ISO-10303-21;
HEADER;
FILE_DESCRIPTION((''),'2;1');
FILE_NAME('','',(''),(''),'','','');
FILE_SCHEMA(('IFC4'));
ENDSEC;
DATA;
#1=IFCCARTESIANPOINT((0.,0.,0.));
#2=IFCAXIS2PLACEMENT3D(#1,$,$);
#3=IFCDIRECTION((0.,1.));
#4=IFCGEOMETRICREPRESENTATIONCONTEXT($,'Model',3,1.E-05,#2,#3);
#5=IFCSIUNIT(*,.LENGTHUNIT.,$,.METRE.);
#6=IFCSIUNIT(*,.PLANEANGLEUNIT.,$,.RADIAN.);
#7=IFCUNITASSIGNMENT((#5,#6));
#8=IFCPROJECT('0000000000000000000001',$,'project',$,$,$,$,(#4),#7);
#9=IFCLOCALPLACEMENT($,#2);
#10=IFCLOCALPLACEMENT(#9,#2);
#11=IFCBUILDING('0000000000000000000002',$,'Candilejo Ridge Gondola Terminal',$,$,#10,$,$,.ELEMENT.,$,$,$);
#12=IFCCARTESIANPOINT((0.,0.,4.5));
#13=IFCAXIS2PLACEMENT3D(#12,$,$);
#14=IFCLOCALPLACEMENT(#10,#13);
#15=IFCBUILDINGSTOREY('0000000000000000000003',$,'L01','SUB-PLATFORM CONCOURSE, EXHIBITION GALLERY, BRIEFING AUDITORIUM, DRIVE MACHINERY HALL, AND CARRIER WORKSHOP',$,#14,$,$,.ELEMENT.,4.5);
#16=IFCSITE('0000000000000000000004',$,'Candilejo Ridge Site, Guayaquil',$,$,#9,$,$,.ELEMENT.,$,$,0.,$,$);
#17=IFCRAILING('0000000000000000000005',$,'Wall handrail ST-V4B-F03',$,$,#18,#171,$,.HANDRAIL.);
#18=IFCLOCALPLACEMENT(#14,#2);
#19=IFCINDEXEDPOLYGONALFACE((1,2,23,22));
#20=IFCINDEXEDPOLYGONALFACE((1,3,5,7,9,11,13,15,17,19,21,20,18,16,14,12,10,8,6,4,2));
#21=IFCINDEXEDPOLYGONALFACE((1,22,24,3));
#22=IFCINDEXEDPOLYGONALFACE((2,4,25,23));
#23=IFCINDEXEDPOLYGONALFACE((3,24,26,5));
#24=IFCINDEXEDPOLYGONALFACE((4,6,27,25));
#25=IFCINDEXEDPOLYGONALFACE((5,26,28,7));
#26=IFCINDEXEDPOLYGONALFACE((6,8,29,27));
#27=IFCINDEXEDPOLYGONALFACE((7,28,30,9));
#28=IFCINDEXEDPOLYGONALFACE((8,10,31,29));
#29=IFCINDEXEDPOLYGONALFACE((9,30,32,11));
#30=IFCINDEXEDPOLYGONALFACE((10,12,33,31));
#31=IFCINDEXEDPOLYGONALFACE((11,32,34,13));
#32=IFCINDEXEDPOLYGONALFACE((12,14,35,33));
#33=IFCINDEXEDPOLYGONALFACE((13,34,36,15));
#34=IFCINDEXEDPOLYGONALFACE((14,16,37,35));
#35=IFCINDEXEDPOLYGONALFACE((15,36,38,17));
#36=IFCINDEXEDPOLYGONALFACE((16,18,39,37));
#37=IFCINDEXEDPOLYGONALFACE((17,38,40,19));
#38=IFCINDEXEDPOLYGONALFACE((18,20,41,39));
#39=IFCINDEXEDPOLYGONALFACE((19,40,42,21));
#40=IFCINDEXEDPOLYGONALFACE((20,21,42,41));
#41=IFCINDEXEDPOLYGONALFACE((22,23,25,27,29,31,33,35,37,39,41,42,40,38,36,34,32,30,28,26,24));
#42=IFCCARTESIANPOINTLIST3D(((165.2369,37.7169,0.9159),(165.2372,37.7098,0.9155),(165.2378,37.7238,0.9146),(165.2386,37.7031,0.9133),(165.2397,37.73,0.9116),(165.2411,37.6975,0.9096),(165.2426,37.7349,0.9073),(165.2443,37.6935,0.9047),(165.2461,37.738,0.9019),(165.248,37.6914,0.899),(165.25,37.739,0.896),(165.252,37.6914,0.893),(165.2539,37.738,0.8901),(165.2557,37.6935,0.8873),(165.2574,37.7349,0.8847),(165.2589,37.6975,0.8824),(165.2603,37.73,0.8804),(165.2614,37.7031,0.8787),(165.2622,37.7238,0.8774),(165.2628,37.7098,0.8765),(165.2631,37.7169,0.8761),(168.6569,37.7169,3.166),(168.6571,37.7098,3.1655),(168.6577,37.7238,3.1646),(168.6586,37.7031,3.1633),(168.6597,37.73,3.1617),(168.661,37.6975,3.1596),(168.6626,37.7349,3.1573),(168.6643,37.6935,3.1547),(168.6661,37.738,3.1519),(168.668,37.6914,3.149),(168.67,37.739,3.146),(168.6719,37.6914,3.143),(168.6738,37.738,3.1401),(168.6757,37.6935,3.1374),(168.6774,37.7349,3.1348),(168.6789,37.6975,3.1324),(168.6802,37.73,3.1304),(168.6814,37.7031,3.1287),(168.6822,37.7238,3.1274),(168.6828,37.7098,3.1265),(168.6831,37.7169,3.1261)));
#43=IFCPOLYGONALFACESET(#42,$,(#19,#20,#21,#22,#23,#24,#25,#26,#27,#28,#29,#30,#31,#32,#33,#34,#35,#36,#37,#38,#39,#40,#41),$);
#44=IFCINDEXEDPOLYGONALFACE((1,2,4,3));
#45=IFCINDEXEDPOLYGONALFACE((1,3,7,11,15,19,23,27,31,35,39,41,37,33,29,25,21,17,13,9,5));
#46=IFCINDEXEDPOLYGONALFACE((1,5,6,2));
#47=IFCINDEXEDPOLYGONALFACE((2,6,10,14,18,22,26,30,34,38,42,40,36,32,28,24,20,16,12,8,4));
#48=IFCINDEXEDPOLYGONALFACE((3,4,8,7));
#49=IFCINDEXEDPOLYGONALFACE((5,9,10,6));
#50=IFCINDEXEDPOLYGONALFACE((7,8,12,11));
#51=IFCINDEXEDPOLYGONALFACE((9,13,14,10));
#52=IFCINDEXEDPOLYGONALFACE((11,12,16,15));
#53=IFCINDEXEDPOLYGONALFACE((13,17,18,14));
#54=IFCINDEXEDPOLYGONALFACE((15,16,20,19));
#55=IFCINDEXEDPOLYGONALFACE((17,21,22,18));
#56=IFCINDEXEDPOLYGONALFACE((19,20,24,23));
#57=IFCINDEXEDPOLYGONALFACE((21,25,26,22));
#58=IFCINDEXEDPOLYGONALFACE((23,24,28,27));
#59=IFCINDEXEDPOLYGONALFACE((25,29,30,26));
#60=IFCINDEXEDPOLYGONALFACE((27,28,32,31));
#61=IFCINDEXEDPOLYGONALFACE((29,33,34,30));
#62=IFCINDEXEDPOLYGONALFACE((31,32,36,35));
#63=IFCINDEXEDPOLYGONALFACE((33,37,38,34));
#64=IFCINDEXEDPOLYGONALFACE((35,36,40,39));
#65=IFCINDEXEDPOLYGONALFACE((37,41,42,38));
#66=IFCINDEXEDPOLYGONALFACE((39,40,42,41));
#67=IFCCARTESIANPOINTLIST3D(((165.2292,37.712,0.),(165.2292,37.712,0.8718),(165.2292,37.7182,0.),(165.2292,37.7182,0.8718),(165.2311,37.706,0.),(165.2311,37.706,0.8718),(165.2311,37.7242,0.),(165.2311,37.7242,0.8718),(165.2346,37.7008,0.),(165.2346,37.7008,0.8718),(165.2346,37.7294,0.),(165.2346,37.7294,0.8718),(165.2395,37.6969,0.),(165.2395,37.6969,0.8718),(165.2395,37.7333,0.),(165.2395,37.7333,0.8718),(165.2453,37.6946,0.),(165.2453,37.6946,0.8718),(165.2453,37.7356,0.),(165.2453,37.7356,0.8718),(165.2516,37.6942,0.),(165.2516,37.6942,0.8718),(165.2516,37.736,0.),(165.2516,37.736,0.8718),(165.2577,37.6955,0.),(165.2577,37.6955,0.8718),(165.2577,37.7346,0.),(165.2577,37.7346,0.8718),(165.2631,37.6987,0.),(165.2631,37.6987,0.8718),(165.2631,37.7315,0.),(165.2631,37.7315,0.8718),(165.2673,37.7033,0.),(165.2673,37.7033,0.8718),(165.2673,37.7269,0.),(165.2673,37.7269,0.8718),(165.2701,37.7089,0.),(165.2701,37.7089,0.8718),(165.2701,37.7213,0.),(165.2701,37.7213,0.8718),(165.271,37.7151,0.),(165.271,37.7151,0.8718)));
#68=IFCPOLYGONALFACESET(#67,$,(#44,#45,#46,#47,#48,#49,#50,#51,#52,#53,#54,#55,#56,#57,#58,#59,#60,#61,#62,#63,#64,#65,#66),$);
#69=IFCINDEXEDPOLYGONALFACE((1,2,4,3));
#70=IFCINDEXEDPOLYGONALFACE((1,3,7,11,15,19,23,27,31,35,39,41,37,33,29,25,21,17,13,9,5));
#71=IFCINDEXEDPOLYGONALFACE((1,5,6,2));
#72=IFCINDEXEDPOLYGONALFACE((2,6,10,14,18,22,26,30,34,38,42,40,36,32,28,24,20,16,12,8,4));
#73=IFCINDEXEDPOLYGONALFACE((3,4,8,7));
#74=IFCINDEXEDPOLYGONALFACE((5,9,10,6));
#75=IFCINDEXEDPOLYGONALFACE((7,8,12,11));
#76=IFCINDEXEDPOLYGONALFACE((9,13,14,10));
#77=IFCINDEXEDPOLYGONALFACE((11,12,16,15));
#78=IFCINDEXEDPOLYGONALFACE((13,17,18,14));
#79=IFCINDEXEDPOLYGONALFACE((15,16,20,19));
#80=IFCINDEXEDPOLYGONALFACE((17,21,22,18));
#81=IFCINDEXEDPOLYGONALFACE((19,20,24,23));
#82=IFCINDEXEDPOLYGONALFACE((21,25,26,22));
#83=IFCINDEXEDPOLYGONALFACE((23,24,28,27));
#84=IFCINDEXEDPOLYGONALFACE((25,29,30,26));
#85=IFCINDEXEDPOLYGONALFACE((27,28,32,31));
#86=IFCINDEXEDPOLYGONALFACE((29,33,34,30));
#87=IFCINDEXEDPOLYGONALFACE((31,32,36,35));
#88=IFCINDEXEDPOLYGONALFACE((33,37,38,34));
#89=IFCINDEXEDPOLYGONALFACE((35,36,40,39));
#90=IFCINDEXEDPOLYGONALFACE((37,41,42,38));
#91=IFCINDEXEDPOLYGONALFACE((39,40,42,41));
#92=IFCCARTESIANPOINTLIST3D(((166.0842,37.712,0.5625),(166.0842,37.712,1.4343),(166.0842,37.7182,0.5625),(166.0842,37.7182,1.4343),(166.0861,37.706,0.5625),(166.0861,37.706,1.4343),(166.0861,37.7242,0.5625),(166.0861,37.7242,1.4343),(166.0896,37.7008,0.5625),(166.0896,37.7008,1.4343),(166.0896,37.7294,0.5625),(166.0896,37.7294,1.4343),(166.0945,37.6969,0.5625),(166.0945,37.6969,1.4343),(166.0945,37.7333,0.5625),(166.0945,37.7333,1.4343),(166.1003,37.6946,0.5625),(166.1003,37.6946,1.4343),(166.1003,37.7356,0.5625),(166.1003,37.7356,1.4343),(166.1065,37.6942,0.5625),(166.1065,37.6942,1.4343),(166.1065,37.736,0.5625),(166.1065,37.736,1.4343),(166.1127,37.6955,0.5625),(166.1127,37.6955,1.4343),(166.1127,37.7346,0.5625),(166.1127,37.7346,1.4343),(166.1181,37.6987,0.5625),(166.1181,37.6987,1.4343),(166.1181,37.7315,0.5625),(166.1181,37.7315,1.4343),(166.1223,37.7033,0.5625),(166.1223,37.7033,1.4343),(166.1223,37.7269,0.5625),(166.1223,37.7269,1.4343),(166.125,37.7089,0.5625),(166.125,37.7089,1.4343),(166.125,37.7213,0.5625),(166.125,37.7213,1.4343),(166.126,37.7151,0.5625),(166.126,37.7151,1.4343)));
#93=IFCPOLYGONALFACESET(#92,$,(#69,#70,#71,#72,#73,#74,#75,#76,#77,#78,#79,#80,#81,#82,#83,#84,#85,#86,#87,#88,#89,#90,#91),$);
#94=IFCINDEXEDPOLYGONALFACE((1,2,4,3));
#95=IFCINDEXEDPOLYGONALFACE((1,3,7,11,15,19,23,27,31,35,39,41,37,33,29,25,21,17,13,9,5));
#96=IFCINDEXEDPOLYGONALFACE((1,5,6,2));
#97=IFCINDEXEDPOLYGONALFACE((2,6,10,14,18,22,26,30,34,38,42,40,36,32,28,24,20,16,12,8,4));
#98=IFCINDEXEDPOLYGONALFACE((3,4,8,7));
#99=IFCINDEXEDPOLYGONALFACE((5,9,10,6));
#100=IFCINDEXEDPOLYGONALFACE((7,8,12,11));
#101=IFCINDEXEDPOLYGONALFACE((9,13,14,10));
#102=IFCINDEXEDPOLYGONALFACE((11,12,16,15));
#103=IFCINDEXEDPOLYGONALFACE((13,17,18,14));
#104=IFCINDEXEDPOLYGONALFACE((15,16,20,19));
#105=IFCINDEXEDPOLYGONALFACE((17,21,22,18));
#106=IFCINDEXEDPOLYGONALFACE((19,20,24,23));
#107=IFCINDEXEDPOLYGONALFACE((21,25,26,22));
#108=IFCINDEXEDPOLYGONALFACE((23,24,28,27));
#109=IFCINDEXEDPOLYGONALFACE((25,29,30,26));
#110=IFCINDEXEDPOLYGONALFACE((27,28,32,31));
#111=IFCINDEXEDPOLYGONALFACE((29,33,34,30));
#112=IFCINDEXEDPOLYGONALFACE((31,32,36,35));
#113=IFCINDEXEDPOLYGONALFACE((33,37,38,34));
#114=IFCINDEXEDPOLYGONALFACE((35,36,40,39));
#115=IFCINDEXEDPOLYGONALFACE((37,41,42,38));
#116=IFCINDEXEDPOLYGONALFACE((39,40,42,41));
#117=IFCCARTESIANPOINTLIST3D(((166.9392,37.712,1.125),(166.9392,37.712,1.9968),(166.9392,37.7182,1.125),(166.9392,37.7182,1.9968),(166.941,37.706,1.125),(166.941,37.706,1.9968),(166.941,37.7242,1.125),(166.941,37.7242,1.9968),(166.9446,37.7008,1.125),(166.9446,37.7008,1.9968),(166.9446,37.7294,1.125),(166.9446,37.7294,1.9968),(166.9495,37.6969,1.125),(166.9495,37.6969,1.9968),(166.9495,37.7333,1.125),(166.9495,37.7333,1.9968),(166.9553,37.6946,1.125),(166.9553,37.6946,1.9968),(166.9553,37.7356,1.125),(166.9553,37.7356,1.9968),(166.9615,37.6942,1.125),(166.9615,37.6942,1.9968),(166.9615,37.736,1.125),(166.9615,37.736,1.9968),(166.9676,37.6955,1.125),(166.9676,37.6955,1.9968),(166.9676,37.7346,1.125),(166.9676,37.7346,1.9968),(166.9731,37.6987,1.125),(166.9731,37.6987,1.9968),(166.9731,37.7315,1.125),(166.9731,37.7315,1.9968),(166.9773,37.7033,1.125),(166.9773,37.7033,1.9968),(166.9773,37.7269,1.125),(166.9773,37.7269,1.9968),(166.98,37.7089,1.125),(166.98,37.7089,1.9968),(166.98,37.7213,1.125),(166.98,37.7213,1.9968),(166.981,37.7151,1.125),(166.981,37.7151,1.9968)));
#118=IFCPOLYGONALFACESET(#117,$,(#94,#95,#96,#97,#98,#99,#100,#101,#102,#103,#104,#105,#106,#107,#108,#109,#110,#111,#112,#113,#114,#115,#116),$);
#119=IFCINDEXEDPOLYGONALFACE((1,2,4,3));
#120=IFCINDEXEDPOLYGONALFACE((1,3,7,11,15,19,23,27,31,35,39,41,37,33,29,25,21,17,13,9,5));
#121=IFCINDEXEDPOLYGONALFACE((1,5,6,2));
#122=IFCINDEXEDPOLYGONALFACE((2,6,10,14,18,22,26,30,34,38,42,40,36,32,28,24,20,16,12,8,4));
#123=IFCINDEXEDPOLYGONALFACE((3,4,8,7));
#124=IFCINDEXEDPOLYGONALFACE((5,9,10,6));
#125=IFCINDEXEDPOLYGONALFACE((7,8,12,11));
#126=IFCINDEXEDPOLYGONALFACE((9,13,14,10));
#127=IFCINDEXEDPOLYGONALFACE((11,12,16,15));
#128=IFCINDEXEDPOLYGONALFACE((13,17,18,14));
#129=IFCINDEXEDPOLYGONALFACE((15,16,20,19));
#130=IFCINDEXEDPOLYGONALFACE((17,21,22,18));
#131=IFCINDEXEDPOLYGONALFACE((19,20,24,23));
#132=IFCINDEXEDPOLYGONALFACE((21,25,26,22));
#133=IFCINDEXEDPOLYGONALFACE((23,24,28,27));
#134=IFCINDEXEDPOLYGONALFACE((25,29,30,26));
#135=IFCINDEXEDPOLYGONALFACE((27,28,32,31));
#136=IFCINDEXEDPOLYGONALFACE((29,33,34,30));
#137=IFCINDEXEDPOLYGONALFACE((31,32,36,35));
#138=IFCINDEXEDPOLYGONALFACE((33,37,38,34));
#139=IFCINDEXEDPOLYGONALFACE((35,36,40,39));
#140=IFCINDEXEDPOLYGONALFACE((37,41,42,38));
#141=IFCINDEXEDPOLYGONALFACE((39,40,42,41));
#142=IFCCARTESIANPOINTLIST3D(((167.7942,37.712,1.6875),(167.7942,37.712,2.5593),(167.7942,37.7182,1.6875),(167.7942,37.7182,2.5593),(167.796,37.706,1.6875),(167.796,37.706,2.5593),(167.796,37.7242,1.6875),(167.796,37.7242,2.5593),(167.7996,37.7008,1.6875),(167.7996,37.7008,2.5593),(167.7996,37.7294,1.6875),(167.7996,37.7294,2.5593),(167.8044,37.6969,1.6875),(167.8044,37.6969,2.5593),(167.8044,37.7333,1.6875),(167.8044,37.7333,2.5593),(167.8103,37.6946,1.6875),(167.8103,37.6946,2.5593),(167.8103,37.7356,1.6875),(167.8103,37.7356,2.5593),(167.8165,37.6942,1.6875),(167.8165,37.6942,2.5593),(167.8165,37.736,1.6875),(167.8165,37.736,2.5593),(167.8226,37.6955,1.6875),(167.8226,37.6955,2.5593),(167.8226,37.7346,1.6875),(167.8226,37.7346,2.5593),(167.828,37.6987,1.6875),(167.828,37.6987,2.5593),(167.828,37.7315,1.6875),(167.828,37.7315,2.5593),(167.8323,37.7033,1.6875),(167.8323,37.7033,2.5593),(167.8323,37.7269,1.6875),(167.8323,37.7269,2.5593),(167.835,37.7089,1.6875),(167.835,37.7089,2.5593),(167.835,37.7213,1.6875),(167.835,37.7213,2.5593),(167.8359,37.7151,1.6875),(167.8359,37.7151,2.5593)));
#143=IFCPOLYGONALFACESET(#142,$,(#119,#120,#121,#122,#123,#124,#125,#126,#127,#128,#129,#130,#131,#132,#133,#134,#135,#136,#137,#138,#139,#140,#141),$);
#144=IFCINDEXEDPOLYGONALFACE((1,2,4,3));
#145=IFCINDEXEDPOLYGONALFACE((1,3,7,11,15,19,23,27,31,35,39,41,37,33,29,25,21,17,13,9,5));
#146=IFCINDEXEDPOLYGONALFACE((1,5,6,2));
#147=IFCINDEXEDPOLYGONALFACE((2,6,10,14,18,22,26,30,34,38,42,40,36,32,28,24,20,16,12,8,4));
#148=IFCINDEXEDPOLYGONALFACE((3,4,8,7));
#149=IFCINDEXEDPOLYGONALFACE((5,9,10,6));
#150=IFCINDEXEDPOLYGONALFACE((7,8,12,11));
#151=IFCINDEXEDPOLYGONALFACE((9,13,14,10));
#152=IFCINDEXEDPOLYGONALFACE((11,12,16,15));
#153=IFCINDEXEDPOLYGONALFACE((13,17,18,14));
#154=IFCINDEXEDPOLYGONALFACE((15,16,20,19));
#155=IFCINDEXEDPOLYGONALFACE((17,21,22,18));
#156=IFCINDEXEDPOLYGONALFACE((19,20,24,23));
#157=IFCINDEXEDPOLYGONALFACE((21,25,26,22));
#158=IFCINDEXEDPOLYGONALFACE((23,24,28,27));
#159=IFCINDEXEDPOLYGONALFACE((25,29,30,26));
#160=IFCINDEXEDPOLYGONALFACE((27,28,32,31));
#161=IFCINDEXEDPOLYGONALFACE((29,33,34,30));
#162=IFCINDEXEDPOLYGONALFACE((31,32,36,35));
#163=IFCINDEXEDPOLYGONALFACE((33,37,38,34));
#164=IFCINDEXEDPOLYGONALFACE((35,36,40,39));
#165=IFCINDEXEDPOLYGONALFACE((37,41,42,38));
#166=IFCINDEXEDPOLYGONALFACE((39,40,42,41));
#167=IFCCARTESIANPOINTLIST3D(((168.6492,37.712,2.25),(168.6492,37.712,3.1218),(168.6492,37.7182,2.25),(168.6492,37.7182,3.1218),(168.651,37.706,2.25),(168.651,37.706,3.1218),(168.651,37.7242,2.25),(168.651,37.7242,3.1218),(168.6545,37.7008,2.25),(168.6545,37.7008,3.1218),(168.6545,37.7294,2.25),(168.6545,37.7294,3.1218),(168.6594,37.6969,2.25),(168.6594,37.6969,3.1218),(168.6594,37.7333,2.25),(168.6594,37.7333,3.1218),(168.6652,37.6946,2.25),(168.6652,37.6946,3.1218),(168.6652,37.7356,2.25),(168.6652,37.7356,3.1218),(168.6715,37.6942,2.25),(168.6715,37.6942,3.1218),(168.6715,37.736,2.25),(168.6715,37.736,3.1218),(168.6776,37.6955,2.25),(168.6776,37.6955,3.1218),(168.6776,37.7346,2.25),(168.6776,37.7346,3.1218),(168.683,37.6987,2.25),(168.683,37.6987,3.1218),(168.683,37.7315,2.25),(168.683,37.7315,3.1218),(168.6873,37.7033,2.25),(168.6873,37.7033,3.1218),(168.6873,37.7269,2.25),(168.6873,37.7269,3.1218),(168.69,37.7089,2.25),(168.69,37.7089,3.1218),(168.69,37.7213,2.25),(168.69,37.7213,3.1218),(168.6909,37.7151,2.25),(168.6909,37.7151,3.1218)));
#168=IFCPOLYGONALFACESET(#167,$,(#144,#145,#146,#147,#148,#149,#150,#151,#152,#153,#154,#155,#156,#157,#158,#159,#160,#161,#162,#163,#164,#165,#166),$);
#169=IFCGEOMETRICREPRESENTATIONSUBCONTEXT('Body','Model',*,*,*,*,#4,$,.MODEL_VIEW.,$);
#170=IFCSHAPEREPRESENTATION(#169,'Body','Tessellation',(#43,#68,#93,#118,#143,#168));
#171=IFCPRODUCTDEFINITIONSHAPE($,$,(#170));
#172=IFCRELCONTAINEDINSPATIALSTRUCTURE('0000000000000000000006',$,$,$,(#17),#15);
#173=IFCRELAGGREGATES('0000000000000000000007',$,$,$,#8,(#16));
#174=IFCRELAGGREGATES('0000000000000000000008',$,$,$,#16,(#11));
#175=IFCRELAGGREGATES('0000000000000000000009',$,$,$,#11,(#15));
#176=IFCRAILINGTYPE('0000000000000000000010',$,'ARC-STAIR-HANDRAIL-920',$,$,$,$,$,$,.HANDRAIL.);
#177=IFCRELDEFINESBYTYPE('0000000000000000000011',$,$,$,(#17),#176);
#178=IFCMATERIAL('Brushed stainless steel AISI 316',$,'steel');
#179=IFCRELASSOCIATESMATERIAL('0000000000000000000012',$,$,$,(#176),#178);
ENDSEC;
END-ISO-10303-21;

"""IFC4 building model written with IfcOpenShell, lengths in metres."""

from ifc_helpers import new_model, si_unit, direction, frame, origin, origin_2d, place, context, subcontext, project, spatial, circle, extrude, material, type_object, element, save


model = new_model("IFC4")

# Units and contexts
model_context = context("Model", 3, precision=1e-05, world=origin(), true_north=direction((0.0, 1.0)))
body_context = subcontext(model_context, "Body", "Model", "MODEL_VIEW")
ifc_project = project(units=[si_unit("LENGTHUNIT", "METRE"), si_unit("PLANEANGLEUNIT", "RADIAN")], contexts=[model_context])

# Site, building, storey
site_placement = place(None, origin())
site = spatial("IfcSite", under=ifc_project, at=site_placement, Name="Candilejo Ridge Site, Guayaquil", CompositionType="ELEMENT", RefElevation=0.0)
building_placement = place(site_placement, origin())
building = spatial("IfcBuilding", under=site, at=building_placement, Name="Candilejo Ridge Gondola Terminal", CompositionType="ELEMENT")
storey_placement = place(building_placement, frame((0.0, 0.0, 4.5)))
storey = spatial("IfcBuildingStorey", under=building, at=storey_placement, Name="L01", Description="SUB-PLATFORM CONCOURSE, EXHIBITION GALLERY, BRIEFING AUDITORIUM, DRIVE MACHINERY HALL, AND CARRIER WORKSHOP", CompositionType="ELEMENT", Elevation=4.5)

# Railing
ifc_material_1 = material(Name="Brushed stainless steel AISI 316", Category="steel")
railing_type_1 = type_object("IfcRailingType", Name="ARC-STAIR-HANDRAIL-920", PredefinedType="HANDRAIL", material=ifc_material_1)
railing_1_placement = place(storey_placement, frame((165.25, 37.7151, 0.0)))
element("IfcRailing", 1, at=railing_1_placement, inside=storey, type_object=railing_type_1, Name="Wall handrail ST-V4B-F03", PredefinedType="HANDRAIL", context=body_context, shape_type="SweptSolid", body=[
    extrude(circle(Radius=0.0239, at=origin_2d()), frame((0.0, 0.0, 0.896), z_axis=(0.835411, 0.0, 0.549625), x_axis=(0.0, 1.0, 0.0)), (0.0, 0.0, 1.0), 4.0938),
    extrude(circle(Radius=0.021, at=origin_2d()), origin(), (0.0, 0.0, 1.0), 0.8718),
    extrude(circle(Radius=0.021, at=origin_2d()), frame((0.855, 0.0, 0.5625)), (0.0, 0.0, 1.0), 0.8718),
    extrude(circle(Radius=0.021, at=origin_2d()), frame((1.71, 0.0, 1.125)), (0.0, 0.0, 1.0), 0.8718),
    extrude(circle(Radius=0.021, at=origin_2d()), frame((2.5649, 0.0, 1.6875)), (0.0, 0.0, 1.0), 0.8718),
    extrude(circle(Radius=0.021, at=origin_2d()), frame((3.4199, 0.0, 2.25)), (0.0, 0.0, 1.0), 0.8718),
])

save(model, "model.ifc")
